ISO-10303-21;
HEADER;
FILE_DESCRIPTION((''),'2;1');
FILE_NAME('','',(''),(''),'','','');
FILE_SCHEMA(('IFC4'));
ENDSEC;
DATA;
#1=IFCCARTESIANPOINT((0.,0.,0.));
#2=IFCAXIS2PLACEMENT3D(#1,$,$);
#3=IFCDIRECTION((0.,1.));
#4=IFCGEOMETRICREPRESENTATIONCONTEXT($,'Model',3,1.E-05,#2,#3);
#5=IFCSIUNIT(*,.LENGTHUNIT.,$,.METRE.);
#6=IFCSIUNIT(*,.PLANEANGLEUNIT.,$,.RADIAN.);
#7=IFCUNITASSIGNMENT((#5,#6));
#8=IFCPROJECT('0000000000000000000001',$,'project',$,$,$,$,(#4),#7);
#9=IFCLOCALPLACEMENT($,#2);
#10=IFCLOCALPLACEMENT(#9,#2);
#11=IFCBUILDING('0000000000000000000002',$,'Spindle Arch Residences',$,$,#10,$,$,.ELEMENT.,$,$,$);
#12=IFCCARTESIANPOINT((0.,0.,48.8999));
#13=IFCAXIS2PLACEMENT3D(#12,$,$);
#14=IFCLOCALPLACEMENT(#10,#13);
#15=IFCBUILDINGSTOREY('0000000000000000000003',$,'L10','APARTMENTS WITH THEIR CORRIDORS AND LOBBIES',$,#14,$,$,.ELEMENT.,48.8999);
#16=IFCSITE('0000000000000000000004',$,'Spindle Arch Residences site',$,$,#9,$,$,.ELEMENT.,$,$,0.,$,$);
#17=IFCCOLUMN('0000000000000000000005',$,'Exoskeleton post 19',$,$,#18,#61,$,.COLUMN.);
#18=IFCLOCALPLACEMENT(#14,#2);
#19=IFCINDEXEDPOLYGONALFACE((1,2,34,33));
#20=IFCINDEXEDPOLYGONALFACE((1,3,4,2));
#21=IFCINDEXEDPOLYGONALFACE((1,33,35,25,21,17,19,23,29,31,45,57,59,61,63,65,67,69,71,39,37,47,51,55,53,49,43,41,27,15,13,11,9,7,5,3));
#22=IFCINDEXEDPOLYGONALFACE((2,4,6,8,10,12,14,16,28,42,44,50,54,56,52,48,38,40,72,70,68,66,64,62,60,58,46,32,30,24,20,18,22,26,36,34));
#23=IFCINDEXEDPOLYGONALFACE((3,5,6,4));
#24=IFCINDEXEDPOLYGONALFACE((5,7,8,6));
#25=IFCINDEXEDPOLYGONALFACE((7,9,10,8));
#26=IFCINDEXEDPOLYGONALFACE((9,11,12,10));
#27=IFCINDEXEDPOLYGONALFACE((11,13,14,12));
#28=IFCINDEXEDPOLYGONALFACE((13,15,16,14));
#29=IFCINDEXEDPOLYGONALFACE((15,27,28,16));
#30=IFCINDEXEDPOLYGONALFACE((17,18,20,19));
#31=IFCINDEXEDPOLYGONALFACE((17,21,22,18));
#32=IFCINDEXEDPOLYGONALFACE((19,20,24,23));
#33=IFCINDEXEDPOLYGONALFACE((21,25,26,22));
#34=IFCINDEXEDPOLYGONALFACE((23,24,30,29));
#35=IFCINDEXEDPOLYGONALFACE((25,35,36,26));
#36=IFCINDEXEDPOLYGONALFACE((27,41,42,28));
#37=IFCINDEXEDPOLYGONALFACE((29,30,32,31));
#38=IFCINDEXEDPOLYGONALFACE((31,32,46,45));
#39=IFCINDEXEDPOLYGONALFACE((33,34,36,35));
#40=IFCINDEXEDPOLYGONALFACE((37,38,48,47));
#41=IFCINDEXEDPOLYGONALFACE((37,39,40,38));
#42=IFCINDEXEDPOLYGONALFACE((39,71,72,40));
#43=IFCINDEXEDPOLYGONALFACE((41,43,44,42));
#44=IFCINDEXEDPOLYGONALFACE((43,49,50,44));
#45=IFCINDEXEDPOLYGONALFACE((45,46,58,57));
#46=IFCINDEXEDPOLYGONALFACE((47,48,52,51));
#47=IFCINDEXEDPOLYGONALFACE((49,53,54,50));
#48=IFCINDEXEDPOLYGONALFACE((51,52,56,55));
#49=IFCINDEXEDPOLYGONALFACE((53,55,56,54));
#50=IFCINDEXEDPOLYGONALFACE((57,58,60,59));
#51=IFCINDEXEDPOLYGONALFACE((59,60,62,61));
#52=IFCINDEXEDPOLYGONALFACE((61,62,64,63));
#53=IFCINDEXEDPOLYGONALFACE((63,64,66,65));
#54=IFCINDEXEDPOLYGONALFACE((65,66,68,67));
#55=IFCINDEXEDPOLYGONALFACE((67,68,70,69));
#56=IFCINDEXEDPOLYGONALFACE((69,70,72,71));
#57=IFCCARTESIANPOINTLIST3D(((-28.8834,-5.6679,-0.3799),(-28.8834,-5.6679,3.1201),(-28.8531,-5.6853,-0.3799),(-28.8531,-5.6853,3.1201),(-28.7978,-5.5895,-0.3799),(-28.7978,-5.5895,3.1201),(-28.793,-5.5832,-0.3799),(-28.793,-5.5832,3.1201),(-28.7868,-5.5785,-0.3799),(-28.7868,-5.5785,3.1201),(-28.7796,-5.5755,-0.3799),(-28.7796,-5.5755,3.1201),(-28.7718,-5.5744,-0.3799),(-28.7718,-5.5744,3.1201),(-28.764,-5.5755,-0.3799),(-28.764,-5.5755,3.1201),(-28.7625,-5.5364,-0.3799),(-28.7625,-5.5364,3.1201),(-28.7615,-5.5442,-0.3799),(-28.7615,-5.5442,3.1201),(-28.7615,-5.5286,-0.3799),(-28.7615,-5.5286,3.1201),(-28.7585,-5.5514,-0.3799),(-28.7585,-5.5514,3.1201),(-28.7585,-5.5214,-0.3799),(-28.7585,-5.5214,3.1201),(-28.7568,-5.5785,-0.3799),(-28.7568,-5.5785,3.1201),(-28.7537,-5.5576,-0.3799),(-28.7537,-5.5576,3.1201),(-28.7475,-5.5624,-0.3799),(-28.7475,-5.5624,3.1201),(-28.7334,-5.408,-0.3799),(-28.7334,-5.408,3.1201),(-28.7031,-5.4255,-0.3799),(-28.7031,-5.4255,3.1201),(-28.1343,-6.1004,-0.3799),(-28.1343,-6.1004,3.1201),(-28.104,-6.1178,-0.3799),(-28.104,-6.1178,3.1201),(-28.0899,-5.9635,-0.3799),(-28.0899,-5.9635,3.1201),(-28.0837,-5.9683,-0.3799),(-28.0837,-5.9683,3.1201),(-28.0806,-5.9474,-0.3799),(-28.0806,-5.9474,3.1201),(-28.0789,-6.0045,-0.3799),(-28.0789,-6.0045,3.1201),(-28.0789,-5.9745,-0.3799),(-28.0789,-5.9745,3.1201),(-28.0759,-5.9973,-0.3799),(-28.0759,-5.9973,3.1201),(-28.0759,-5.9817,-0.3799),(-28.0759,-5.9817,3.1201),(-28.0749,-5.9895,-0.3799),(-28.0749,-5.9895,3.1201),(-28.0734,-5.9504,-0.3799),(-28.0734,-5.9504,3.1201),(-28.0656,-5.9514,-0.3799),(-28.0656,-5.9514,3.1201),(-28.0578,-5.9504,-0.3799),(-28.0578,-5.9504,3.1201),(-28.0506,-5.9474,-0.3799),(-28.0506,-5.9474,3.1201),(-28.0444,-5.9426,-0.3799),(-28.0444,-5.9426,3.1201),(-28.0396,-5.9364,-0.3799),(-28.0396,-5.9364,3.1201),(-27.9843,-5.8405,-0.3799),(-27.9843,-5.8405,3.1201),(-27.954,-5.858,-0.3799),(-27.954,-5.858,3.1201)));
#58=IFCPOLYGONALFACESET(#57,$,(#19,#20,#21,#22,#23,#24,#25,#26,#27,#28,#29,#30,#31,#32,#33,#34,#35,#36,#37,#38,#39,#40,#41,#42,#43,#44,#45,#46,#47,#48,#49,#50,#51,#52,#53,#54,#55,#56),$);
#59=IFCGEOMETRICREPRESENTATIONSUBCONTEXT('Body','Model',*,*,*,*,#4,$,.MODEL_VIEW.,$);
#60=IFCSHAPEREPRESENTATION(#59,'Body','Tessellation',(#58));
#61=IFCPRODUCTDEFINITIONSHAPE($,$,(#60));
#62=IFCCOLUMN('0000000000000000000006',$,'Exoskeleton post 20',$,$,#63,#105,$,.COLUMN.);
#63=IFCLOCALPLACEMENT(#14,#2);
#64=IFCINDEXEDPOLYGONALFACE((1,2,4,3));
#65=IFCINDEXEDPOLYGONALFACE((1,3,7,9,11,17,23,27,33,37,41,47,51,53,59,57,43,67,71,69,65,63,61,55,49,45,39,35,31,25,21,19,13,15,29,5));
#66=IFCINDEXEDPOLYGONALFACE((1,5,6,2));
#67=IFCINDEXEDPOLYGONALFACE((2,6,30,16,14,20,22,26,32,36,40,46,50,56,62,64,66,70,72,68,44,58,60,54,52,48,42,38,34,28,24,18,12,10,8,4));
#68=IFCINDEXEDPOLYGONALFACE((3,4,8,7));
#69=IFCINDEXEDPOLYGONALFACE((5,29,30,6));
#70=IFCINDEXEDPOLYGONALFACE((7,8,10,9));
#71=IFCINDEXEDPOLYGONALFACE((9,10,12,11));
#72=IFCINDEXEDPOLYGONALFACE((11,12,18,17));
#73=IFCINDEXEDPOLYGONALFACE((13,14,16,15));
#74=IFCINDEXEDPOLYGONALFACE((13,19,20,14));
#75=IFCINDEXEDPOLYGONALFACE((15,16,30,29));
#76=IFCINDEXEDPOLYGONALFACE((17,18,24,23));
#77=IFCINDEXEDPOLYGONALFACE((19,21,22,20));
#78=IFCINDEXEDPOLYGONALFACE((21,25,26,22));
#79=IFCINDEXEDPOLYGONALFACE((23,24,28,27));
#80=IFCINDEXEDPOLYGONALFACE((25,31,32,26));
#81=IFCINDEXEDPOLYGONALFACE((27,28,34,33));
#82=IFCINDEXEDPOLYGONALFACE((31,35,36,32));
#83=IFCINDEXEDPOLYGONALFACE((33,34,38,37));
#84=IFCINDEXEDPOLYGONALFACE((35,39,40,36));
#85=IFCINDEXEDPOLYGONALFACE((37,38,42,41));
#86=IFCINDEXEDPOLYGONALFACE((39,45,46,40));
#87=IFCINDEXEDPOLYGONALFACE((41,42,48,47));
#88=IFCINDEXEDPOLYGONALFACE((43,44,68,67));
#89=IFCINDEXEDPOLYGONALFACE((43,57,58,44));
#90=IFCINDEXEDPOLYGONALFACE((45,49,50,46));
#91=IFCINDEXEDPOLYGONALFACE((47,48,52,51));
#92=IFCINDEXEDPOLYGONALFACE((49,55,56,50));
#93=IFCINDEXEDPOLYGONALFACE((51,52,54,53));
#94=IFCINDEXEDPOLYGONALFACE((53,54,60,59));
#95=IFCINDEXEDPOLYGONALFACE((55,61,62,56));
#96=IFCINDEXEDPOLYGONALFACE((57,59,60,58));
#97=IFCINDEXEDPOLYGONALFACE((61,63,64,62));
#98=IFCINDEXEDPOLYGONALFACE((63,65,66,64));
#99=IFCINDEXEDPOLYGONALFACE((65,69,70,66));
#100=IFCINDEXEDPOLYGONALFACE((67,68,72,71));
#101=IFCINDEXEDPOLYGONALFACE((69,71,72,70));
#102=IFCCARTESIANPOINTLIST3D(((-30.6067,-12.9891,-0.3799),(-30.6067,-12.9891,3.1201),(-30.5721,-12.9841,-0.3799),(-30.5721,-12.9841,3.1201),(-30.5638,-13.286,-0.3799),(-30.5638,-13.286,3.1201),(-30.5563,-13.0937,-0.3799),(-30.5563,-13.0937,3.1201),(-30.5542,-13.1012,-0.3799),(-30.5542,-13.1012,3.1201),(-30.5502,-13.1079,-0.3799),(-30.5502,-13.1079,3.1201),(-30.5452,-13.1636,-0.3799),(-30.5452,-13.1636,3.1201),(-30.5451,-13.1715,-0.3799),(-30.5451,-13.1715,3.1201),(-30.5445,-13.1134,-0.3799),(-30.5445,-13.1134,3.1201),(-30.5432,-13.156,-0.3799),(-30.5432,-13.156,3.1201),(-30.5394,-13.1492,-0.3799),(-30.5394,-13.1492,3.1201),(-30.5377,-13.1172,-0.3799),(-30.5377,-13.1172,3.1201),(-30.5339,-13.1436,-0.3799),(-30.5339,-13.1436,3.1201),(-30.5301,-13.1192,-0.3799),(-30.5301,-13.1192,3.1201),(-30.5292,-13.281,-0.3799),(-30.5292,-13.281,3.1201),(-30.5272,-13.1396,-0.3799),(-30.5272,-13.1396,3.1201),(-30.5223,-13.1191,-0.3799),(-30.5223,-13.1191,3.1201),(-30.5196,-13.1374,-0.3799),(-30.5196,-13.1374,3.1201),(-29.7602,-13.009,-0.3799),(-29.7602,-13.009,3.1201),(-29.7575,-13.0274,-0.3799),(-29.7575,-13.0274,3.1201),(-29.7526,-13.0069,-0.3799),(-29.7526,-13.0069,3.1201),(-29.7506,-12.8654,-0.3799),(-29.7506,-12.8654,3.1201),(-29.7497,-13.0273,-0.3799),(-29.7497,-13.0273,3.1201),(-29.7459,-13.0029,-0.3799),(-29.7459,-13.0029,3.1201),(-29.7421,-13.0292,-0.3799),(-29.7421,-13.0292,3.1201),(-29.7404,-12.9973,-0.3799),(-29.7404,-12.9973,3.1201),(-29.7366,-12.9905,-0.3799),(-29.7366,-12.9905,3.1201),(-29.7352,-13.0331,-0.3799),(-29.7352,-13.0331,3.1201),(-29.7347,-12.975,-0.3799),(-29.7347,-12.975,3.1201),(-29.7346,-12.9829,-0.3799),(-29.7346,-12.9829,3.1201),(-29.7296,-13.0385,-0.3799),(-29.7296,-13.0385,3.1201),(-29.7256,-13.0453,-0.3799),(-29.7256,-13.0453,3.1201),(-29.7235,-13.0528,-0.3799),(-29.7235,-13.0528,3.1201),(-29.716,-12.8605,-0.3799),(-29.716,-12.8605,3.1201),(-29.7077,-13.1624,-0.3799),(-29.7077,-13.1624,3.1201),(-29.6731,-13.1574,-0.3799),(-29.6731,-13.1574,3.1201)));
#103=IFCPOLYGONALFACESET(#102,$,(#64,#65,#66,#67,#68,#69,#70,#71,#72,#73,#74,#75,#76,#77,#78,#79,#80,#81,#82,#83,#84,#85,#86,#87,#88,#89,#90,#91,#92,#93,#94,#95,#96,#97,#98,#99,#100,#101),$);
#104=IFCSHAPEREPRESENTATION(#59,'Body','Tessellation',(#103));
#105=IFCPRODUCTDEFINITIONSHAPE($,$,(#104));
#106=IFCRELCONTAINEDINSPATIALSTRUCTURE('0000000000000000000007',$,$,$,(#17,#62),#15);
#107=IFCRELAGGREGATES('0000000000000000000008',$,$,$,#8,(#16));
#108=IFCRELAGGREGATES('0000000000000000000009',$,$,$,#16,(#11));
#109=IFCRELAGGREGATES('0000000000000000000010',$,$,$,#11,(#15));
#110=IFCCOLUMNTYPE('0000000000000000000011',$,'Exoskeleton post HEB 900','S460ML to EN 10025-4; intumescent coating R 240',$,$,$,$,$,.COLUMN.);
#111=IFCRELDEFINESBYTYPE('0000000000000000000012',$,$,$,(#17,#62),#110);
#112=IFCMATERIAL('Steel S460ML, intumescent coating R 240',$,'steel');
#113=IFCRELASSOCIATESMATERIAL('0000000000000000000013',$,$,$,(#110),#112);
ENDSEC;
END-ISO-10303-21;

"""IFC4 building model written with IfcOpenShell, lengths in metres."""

from ifc_helpers import new_model, si_unit, direction, frame, origin, origin_2d, place, context, subcontext, project, spatial, i_section, extrude, material, material_profile, profile_set, type_object, element, save


model = new_model("IFC4")

# Units and contexts
model_context = context("Model", 3, precision=1e-05, world=origin(), true_north=direction((0.0, 1.0)))
body_context = subcontext(model_context, "Body", "Model", "MODEL_VIEW")
ifc_project = project(units=[si_unit("LENGTHUNIT", "METRE"), si_unit("PLANEANGLEUNIT", "RADIAN")], contexts=[model_context])

# Site, building, storey
site_placement = place(None, origin())
site = spatial("IfcSite", under=ifc_project, at=site_placement, Name="Spindle Arch Residences site", CompositionType="ELEMENT", RefElevation=0.0)
building_placement = place(site_placement, origin())
building = spatial("IfcBuilding", under=site, at=building_placement, Name="Spindle Arch Residences", CompositionType="ELEMENT")
storey_placement = place(building_placement, frame((0.0, 0.0, 48.8999)))
storey = spatial("IfcBuildingStorey", under=building, at=storey_placement, Name="L10", Description="APARTMENTS WITH THEIR CORRIDORS AND LOBBIES", CompositionType="ELEMENT", Elevation=48.8999)

# Columns
ifc_material_1 = material(Name="Steel S460ML, intumescent coating R 240", Category="steel")
ifc_material_profile_1 = material_profile(ifc_material_1, i_section(OverallWidth=0.3, OverallDepth=0.8999, WebThickness=0.0186, FlangeThickness=0.0349, FilletRadius=0.03, at=origin_2d()), Name="HEB 900")
ifc_profile_set_1 = profile_set([ifc_material_profile_1], Name="Steel S460ML, intumescent coating R 240")
column_type_1 = type_object("IfcColumnType", Name="Exoskeleton post HEB 900", Description="S460ML to EN 10025-4; intumescent coating R 240", PredefinedType="COLUMN", material=ifc_profile_set_1)
for number, where, z_axis, x_axis, name in (
    (1, (-28.4187, -5.7629, -0.3799), (0.0, 0.0, 1.0), (0.5, 0.866025, 0.0), "Exoskeleton post 19"),
    (2, (-30.1399, -13.0732, -0.3799), (0.0, 0.0, 1.0), (-0.142906, 0.989736, 0.0), "Exoskeleton post 20"),
):
    element("IfcColumn", number, at=place(storey_placement, frame(where, z_axis=z_axis, x_axis=x_axis)), inside=storey, type_object=column_type_1, Name=name, PredefinedType="COLUMN", context=body_context, shape_type="SweptSolid", body=[
        extrude(i_section(OverallWidth=0.3, OverallDepth=0.8999, WebThickness=0.0186, FlangeThickness=0.0349, FilletRadius=0.03, at=origin_2d()), origin(), (0.0, 0.0, 1.0), 3.5),
    ])

save(model, "model.ifc")
